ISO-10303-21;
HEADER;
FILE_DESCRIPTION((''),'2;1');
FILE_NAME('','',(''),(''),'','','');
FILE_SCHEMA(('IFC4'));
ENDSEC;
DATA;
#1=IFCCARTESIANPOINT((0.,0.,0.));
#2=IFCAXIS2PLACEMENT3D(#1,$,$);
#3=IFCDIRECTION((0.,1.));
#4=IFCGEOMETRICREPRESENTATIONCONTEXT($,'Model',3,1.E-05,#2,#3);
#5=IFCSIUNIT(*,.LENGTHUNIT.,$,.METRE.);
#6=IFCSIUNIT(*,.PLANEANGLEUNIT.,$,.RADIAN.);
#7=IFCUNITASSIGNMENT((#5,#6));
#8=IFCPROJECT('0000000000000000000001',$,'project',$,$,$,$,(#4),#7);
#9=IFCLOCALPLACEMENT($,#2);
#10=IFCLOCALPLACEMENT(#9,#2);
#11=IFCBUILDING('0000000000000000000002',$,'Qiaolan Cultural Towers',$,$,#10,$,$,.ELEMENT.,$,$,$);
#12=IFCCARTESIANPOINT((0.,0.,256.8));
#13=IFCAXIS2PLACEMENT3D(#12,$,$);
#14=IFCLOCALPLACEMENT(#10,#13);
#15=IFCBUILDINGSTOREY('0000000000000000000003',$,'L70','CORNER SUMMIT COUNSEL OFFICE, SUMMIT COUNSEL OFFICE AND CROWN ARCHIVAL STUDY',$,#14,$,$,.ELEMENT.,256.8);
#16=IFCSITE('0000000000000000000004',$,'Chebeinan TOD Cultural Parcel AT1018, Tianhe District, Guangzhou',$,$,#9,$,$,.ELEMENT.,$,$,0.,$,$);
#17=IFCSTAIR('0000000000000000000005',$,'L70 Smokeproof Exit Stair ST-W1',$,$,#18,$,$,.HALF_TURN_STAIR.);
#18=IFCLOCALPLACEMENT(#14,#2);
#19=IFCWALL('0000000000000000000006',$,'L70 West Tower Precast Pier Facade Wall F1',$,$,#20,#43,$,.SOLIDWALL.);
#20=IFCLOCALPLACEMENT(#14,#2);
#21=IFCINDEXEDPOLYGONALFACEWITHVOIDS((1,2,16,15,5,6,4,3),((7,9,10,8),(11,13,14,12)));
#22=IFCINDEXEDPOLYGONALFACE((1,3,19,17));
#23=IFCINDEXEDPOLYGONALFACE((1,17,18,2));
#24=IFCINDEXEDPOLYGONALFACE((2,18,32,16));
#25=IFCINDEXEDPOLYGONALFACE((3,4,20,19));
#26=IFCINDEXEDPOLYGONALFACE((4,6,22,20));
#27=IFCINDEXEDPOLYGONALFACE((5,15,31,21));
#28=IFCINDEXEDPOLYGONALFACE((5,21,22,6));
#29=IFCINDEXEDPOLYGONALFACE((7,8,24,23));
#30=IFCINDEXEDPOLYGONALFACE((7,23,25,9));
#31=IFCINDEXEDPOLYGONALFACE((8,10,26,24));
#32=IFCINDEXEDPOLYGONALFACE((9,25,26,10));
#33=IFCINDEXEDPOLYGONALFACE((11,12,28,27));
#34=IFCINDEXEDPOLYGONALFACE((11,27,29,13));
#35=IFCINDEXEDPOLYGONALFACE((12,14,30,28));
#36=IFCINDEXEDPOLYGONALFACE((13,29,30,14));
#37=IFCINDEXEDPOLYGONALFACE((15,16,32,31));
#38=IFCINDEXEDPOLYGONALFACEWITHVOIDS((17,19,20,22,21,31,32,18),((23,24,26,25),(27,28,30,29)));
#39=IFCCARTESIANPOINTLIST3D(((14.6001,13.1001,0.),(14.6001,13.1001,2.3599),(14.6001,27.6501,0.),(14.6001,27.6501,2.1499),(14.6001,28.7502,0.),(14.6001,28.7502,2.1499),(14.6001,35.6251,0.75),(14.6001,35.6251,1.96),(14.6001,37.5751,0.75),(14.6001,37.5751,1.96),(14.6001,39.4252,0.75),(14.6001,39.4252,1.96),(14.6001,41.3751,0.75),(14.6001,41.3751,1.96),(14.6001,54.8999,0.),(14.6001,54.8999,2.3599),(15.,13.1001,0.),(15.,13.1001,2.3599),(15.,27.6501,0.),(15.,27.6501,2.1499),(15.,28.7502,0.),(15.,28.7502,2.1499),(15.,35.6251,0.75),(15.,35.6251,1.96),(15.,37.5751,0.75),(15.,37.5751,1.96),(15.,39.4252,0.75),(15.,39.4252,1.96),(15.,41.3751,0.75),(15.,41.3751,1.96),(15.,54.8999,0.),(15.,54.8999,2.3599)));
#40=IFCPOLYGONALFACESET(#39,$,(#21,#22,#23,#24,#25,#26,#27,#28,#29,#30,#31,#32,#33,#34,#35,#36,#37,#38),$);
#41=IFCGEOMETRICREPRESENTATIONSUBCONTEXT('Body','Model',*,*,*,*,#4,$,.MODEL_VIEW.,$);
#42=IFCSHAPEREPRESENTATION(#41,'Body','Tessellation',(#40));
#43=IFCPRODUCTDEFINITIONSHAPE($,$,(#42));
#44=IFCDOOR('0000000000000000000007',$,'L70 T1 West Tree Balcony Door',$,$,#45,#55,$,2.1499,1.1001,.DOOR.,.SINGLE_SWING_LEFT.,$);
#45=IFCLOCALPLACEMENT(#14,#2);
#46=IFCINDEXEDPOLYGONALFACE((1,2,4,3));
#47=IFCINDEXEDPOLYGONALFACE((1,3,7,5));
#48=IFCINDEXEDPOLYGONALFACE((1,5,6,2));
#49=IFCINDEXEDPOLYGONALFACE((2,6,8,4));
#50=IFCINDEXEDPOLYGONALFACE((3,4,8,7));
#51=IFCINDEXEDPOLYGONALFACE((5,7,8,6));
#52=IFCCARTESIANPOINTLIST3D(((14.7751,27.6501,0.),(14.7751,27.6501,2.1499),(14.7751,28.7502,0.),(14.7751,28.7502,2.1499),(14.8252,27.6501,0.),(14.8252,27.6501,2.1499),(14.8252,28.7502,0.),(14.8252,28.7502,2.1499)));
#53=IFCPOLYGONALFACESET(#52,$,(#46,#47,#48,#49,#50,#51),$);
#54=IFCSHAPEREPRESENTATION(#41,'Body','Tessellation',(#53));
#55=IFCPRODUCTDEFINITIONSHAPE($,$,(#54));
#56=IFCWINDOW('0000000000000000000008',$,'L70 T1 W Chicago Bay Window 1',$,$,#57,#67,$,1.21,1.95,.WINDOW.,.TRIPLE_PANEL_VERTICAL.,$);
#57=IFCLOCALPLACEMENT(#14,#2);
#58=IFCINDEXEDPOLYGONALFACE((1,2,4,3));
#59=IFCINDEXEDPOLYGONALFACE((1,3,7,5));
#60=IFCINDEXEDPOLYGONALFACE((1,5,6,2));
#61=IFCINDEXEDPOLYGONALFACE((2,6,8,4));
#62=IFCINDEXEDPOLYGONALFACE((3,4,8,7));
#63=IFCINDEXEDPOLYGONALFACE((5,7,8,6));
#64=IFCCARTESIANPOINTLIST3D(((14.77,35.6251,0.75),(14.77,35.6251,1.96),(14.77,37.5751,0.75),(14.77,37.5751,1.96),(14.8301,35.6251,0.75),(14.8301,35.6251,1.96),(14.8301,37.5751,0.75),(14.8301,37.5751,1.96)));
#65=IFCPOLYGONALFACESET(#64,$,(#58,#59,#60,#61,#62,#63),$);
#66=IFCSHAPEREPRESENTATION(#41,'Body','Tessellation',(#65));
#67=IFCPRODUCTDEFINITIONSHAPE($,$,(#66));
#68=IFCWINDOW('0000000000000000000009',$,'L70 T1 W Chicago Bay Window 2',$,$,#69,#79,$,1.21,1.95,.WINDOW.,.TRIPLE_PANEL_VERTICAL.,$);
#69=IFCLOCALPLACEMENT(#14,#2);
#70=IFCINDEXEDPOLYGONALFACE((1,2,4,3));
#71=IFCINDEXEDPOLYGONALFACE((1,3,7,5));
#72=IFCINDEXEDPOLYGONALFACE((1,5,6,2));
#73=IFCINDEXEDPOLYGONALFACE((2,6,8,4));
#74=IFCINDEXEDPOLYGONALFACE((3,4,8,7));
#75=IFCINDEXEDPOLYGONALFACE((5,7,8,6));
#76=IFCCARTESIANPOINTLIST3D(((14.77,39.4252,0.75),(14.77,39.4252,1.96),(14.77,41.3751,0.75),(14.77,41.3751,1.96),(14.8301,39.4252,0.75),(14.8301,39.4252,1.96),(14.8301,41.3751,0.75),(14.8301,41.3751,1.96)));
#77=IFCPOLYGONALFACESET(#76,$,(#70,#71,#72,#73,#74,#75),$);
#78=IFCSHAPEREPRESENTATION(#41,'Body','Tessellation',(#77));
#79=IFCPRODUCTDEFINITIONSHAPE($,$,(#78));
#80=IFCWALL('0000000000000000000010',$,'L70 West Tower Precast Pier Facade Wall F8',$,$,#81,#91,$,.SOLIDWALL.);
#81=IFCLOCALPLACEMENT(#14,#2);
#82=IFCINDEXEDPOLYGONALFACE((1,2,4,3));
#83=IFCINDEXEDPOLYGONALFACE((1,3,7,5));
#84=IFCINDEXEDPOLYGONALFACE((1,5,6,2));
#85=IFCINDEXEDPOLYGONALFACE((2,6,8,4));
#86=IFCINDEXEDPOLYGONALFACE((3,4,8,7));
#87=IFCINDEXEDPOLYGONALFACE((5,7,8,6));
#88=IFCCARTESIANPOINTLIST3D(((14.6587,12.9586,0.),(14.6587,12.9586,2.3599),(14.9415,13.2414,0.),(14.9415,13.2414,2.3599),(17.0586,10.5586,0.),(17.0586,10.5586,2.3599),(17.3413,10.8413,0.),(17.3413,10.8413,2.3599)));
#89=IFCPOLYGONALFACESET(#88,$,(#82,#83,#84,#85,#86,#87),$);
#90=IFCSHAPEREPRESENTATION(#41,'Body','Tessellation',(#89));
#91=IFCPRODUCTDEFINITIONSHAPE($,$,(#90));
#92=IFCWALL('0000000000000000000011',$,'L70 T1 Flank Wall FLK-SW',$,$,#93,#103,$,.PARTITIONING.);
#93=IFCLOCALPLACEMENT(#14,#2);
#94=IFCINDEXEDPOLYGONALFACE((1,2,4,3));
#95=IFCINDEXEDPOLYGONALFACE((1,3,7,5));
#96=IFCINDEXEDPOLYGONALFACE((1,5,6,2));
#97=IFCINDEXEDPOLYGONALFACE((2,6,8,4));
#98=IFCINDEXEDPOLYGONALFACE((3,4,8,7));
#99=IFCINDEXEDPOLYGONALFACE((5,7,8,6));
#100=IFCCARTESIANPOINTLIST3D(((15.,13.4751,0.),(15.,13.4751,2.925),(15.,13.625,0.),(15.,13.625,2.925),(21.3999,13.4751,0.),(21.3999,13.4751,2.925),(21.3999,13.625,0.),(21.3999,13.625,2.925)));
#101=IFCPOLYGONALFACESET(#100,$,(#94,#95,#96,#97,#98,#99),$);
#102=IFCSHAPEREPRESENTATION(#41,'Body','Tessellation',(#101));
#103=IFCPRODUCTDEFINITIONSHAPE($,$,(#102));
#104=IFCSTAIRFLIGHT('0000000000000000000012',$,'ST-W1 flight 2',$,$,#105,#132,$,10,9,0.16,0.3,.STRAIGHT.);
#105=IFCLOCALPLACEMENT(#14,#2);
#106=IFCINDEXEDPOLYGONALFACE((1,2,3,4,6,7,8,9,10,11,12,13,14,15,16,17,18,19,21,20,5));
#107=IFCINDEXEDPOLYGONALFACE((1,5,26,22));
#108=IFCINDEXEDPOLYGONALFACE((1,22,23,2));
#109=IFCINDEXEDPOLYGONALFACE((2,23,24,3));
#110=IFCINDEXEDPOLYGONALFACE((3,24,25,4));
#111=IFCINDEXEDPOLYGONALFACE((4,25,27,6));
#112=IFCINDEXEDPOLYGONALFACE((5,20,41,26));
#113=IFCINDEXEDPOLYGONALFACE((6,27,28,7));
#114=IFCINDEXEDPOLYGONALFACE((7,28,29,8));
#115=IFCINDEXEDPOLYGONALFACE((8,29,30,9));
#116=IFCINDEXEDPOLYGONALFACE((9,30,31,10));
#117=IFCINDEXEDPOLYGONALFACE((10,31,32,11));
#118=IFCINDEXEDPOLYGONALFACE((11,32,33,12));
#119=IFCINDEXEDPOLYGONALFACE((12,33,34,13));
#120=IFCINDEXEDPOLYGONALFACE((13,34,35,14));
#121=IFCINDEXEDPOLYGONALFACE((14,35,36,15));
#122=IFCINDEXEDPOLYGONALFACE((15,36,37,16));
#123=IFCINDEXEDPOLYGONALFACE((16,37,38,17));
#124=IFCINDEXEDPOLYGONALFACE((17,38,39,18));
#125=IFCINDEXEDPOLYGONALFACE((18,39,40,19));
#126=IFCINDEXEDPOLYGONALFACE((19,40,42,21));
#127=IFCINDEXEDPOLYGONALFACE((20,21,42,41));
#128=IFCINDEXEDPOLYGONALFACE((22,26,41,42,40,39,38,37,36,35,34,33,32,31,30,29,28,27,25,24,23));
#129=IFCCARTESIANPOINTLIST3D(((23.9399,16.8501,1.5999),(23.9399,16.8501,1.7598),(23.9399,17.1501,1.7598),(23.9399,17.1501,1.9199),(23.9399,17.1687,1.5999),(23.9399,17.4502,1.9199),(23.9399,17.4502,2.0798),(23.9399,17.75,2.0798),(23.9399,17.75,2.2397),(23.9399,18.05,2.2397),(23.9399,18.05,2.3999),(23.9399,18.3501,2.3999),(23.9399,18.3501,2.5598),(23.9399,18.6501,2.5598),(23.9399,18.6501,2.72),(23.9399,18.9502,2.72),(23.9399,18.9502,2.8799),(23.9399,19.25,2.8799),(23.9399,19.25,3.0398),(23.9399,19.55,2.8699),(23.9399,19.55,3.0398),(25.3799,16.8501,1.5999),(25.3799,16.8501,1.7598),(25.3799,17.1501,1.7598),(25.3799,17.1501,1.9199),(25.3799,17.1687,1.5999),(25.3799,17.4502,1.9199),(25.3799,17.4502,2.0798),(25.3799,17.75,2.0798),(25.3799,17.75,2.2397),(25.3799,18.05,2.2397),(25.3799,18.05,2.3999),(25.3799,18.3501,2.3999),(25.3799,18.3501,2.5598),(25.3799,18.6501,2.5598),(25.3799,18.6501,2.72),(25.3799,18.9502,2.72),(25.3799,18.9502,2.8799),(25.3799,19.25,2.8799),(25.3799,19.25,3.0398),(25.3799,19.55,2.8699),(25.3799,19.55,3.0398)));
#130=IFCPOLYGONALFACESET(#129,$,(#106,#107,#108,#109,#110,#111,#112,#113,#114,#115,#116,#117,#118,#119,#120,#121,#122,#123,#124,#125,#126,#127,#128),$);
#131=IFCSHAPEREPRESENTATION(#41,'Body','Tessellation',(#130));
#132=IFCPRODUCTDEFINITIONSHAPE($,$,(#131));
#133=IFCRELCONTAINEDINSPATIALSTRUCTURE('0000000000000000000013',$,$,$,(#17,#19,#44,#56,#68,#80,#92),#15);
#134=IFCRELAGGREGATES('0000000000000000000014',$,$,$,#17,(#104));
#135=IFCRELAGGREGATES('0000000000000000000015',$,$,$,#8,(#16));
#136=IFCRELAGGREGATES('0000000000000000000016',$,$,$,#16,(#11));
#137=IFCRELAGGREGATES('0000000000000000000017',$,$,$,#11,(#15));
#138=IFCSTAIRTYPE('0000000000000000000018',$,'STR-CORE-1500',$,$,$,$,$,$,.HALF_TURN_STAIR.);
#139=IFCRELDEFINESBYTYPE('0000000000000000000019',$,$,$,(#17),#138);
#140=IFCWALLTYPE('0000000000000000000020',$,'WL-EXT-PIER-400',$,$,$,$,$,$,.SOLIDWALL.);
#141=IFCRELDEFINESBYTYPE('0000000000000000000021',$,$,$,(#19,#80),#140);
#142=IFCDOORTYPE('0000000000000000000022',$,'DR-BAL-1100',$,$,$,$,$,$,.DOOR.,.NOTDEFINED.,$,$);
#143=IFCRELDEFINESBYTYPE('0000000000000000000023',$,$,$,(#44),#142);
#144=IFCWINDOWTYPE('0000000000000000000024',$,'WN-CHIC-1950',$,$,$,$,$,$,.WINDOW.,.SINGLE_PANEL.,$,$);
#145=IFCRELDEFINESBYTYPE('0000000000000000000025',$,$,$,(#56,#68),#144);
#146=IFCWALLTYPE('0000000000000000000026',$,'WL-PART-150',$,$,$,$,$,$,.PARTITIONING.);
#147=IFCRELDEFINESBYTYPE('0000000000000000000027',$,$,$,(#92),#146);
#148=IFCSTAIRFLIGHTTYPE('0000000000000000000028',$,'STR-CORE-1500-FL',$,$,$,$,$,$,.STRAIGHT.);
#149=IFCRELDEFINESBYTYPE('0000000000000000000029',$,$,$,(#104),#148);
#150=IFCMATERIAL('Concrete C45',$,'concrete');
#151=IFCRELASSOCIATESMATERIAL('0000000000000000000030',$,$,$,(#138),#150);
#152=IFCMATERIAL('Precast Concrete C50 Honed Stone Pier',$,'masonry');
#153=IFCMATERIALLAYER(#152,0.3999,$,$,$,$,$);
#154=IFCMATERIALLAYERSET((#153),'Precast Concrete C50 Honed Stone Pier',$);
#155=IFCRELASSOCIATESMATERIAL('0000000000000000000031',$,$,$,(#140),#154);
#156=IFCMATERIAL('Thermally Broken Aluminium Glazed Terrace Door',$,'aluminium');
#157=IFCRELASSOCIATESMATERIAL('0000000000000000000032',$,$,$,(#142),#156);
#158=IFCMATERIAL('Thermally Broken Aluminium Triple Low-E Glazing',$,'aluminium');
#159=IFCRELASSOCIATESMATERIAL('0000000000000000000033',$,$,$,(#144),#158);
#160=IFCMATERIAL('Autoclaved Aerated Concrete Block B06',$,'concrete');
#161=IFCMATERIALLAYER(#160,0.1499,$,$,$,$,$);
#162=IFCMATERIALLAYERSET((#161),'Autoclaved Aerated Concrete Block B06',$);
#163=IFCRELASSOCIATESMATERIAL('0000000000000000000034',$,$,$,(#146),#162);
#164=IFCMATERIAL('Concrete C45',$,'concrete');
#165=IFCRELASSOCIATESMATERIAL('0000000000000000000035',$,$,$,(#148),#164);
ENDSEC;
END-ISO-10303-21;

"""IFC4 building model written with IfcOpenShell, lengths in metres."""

from ifc_helpers import new_model, si_unit, direction, frame, frame_2d, origin, place, context, subcontext, project, spatial, polyline, rectangle, outline, extrude, material, layer, layer_set, type_object, element, fill, aggregate, save


model = new_model("IFC4")

# Units and contexts
model_context = context("Model", 3, precision=1e-05, world=origin(), true_north=direction((0.0, 1.0)))
body_context = subcontext(model_context, "Body", "Model", "MODEL_VIEW")
ifc_project = project(units=[si_unit("LENGTHUNIT", "METRE"), si_unit("PLANEANGLEUNIT", "RADIAN")], contexts=[model_context])

# Site, building, storey
site_placement = place(None, origin())
site = spatial("IfcSite", under=ifc_project, at=site_placement, Name="Chebeinan TOD Cultural Parcel AT1018, Tianhe District, Guangzhou", CompositionType="ELEMENT", RefElevation=0.0)
building_placement = place(site_placement, origin())
building = spatial("IfcBuilding", under=site, at=building_placement, Name="Qiaolan Cultural Towers", CompositionType="ELEMENT")
storey_placement = place(building_placement, frame((0.0, 0.0, 256.8)))
storey = spatial("IfcBuildingStorey", under=building, at=storey_placement, Name="L70", Description="CORNER SUMMIT COUNSEL OFFICE, SUMMIT COUNSEL OFFICE AND CROWN ARCHIVAL STUDY", CompositionType="ELEMENT", Elevation=256.8)

# Stair
ifc_material_1 = material(Name="Concrete C45", Category="concrete")
stair_type = type_object("IfcStairType", Name="STR-CORE-1500", PredefinedType="HALF_TURN_STAIR", material=ifc_material_1)
stair_1_placement = place(storey_placement, origin())
stair_1 = element("IfcStair", 1, at=stair_1_placement, inside=storey, type_object=stair_type, Name="L70 Smokeproof Exit Stair ST-W1", PredefinedType="HALF_TURN_STAIR")

# Wall, openings, door, windows
ifc_material_2 = material(Name="Precast Concrete C50 Honed Stone Pier", Category="masonry")
ifc_layer_1 = layer(ifc_material_2, 0.3999)
ifc_layer_set_1 = layer_set([ifc_layer_1], Name="Precast Concrete C50 Honed Stone Pier")
wall_type_1 = type_object("IfcWallType", Name="WL-EXT-PIER-400", PredefinedType="SOLIDWALL", material=ifc_layer_set_1)
wall_1_placement = place(storey_placement, frame((14.8, 13.1001, 0.0), z_axis=(0.0, 0.0, 1.0), x_axis=(0.0, 1.0, 0.0)))
wall_1 = element("IfcWall", 2, at=wall_1_placement, inside=storey, type_object=wall_type_1, Name="L70 West Tower Precast Pier Facade Wall F1", PredefinedType="SOLIDWALL", context=body_context, shape_type="SweptSolid", body=[
    extrude(rectangle(XDim=41.7998, YDim=0.3999, at=frame_2d((20.8999, 0.0))), origin(), (0.0, 0.0, 1.0), 2.3599),
])
opening_1_placement = place(wall_1_placement, frame((22.5249, 0.0, 0.75)))
opening_1 = element("IfcOpeningElement", 3, at=opening_1_placement, cuts=wall_1, PredefinedType="OPENING", context=body_context, shape_type="SweptSolid", body=[
    extrude(rectangle(XDim=1.95, YDim=1.21, at=frame_2d((0.9751, 0.605))), frame((0.0, 0.21, 0.0), z_axis=(0.0, -1.0, 0.0), x_axis=(1.0, 0.0, 0.0)), (0.0, 0.0, 1.0), 0.4199),
])
opening_2_placement = place(wall_1_placement, frame((26.325, 0.0, 0.75)))
opening_2 = element("IfcOpeningElement", 4, at=opening_2_placement, cuts=wall_1, PredefinedType="OPENING", context=body_context, shape_type="SweptSolid", body=[
    extrude(rectangle(XDim=1.95, YDim=1.21, at=frame_2d((0.9751, 0.605))), frame((0.0, 0.21, 0.0), z_axis=(0.0, -1.0, 0.0), x_axis=(1.0, 0.0, 0.0)), (0.0, 0.0, 1.0), 0.4199),
])
opening_3_placement = place(wall_1_placement, frame((14.55, 0.0, 0.0)))
opening_3 = element("IfcOpeningElement", 5, at=opening_3_placement, cuts=wall_1, PredefinedType="OPENING", context=body_context, shape_type="SweptSolid", body=[
    extrude(rectangle(XDim=1.1001, YDim=2.1499, at=frame_2d((0.55, 1.075))), frame((0.0, 0.21, 0.0), z_axis=(0.0, -1.0, 0.0), x_axis=(1.0, 0.0, 0.0)), (0.0, 0.0, 1.0), 0.4199),
])
ifc_material_3 = material(Name="Thermally Broken Aluminium Glazed Terrace Door", Category="aluminium")
door_type = type_object("IfcDoorType", Name="DR-BAL-1100", OperationType="NOTDEFINED", PredefinedType="DOOR", material=ifc_material_3)
door_placement = place(opening_3_placement, origin())
door = element("IfcDoor", 6, at=door_placement, inside=storey, type_object=door_type, Name="L70 T1 West Tree Balcony Door", OperationType="SINGLE_SWING_LEFT", OverallHeight=2.1499, OverallWidth=1.1001, PredefinedType="DOOR", context=body_context, shape_type="SweptSolid", body=[
    extrude(rectangle(XDim=1.1001, YDim=2.1499, at=frame_2d((0.55, 1.075))), frame((0.0, 0.0249, 0.0), z_axis=(0.0, -1.0, 0.0), x_axis=(1.0, 0.0, 0.0)), (0.0, 0.0, 1.0), 0.05),
])
fill(opening_3, door)
ifc_material_4 = material(Name="Thermally Broken Aluminium Triple Low-E Glazing", Category="aluminium")
window_type = type_object("IfcWindowType", Name="WN-CHIC-1950", PartitioningType="SINGLE_PANEL", PredefinedType="WINDOW", material=ifc_material_4)
window_1_placement = place(opening_1_placement, origin())
window_1 = element("IfcWindow", 7, at=window_1_placement, inside=storey, type_object=window_type, Name="L70 T1 W Chicago Bay Window 1", OverallHeight=1.21, OverallWidth=1.95, PartitioningType="TRIPLE_PANEL_VERTICAL", PredefinedType="WINDOW", context=body_context, shape_type="SweptSolid", body=[
    extrude(rectangle(XDim=1.95, YDim=1.21, at=frame_2d((0.9751, 0.605))), frame((0.0, 0.03, 0.0), z_axis=(0.0, -1.0, 0.0), x_axis=(1.0, 0.0, 0.0)), (0.0, 0.0, 1.0), 0.0601),
])
fill(opening_1, window_1)
window_2_placement = place(opening_2_placement, origin())
window_2 = element("IfcWindow", 8, at=window_2_placement, inside=storey, type_object=window_type, Name="L70 T1 W Chicago Bay Window 2", OverallHeight=1.21, OverallWidth=1.95, PartitioningType="TRIPLE_PANEL_VERTICAL", PredefinedType="WINDOW", context=body_context, shape_type="SweptSolid", body=[
    extrude(rectangle(XDim=1.95, YDim=1.21, at=frame_2d((0.9751, 0.605))), frame((0.0, 0.03, 0.0), z_axis=(0.0, -1.0, 0.0), x_axis=(1.0, 0.0, 0.0)), (0.0, 0.0, 1.0), 0.0601),
])
fill(opening_2, window_2)

# Walls
wall_2_placement = place(storey_placement, frame((17.2, 10.7, 0.0), z_axis=(0.0, 0.0, 1.0), x_axis=(-0.707071, 0.707143, 0.0)))
element("IfcWall", 9, at=wall_2_placement, inside=storey, type_object=wall_type_1, Name="L70 West Tower Precast Pier Facade Wall F8", PredefinedType="SOLIDWALL", context=body_context, shape_type="SweptSolid", body=[
    extrude(rectangle(XDim=3.394, YDim=0.3999, at=frame_2d((1.697, 0.0))), origin(), (0.0, 0.0, 1.0), 2.3599),
])
ifc_material_5 = material(Name="Autoclaved Aerated Concrete Block B06", Category="concrete")
ifc_layer_2 = layer(ifc_material_5, 0.1499)
ifc_layer_set_2 = layer_set([ifc_layer_2], Name="Autoclaved Aerated Concrete Block B06")
wall_type_2 = type_object("IfcWallType", Name="WL-PART-150", PredefinedType="PARTITIONING", material=ifc_layer_set_2)
wall_3_placement = place(storey_placement, frame((15.0, 13.55, 0.0), z_axis=(0.0, 0.0, 1.0), x_axis=(1.0, 0.0, 0.0)))
element("IfcWall", 10, at=wall_3_placement, inside=storey, type_object=wall_type_2, Name="L70 T1 Flank Wall FLK-SW", PredefinedType="PARTITIONING", context=body_context, shape_type="SweptSolid", body=[
    extrude(rectangle(XDim=6.3999, YDim=0.1499, at=frame_2d((3.2, 0.0))), origin(), (0.0, 0.0, 1.0), 2.925),
])

# Stair flight
ifc_material_6 = material(Name="Concrete C45", Category="concrete")
stair_flight_type = type_object("IfcStairFlightType", Name="STR-CORE-1500-FL", PredefinedType="STRAIGHT", material=ifc_material_6)
stair_flight_placement = place(storey_placement, frame((24.6599, 16.8501, 1.5999), z_axis=(0.0, 0.0, 1.0), x_axis=(0.0, 1.0, 0.0)))
stair_flight = element("IfcStairFlight", 11, at=stair_flight_placement, type_object=stair_flight_type, Name="ST-W1 flight 2", NumberOfRisers=10, NumberOfTreads=9, PredefinedType="STRAIGHT", RiserHeight=0.16, TreadLength=0.3, context=body_context, shape_type="SweptSolid", body=[
    extrude(outline(polyline([(0.0, 0.0), (0.0, 0.1599), (0.3, 0.1599), (0.3, 0.3201), (0.6001, 0.3201), (0.6001, 0.48), (0.8999, 0.48), (0.8999, 0.6399), (1.2, 0.6399), (1.2, 0.8), (1.5, 0.8), (1.5, 0.96), (1.8, 0.96), (1.8, 1.1201), (2.1001, 1.1201), (2.1001, 1.28), (2.3999, 1.28), (2.3999, 1.4399), (2.7, 1.4399), (2.7, 1.6001), (2.7, 1.27), (0.3186, 0.0), (0.0, 0.0)])), frame((0.0, 0.72, 0.0), z_axis=(0.0, -1.0, 0.0), x_axis=(1.0, 0.0, 0.0)), (0.0, 0.0, 1.0), 1.4399),
])
aggregate(stair_1, [stair_flight])

save(model, "model.ifc")
